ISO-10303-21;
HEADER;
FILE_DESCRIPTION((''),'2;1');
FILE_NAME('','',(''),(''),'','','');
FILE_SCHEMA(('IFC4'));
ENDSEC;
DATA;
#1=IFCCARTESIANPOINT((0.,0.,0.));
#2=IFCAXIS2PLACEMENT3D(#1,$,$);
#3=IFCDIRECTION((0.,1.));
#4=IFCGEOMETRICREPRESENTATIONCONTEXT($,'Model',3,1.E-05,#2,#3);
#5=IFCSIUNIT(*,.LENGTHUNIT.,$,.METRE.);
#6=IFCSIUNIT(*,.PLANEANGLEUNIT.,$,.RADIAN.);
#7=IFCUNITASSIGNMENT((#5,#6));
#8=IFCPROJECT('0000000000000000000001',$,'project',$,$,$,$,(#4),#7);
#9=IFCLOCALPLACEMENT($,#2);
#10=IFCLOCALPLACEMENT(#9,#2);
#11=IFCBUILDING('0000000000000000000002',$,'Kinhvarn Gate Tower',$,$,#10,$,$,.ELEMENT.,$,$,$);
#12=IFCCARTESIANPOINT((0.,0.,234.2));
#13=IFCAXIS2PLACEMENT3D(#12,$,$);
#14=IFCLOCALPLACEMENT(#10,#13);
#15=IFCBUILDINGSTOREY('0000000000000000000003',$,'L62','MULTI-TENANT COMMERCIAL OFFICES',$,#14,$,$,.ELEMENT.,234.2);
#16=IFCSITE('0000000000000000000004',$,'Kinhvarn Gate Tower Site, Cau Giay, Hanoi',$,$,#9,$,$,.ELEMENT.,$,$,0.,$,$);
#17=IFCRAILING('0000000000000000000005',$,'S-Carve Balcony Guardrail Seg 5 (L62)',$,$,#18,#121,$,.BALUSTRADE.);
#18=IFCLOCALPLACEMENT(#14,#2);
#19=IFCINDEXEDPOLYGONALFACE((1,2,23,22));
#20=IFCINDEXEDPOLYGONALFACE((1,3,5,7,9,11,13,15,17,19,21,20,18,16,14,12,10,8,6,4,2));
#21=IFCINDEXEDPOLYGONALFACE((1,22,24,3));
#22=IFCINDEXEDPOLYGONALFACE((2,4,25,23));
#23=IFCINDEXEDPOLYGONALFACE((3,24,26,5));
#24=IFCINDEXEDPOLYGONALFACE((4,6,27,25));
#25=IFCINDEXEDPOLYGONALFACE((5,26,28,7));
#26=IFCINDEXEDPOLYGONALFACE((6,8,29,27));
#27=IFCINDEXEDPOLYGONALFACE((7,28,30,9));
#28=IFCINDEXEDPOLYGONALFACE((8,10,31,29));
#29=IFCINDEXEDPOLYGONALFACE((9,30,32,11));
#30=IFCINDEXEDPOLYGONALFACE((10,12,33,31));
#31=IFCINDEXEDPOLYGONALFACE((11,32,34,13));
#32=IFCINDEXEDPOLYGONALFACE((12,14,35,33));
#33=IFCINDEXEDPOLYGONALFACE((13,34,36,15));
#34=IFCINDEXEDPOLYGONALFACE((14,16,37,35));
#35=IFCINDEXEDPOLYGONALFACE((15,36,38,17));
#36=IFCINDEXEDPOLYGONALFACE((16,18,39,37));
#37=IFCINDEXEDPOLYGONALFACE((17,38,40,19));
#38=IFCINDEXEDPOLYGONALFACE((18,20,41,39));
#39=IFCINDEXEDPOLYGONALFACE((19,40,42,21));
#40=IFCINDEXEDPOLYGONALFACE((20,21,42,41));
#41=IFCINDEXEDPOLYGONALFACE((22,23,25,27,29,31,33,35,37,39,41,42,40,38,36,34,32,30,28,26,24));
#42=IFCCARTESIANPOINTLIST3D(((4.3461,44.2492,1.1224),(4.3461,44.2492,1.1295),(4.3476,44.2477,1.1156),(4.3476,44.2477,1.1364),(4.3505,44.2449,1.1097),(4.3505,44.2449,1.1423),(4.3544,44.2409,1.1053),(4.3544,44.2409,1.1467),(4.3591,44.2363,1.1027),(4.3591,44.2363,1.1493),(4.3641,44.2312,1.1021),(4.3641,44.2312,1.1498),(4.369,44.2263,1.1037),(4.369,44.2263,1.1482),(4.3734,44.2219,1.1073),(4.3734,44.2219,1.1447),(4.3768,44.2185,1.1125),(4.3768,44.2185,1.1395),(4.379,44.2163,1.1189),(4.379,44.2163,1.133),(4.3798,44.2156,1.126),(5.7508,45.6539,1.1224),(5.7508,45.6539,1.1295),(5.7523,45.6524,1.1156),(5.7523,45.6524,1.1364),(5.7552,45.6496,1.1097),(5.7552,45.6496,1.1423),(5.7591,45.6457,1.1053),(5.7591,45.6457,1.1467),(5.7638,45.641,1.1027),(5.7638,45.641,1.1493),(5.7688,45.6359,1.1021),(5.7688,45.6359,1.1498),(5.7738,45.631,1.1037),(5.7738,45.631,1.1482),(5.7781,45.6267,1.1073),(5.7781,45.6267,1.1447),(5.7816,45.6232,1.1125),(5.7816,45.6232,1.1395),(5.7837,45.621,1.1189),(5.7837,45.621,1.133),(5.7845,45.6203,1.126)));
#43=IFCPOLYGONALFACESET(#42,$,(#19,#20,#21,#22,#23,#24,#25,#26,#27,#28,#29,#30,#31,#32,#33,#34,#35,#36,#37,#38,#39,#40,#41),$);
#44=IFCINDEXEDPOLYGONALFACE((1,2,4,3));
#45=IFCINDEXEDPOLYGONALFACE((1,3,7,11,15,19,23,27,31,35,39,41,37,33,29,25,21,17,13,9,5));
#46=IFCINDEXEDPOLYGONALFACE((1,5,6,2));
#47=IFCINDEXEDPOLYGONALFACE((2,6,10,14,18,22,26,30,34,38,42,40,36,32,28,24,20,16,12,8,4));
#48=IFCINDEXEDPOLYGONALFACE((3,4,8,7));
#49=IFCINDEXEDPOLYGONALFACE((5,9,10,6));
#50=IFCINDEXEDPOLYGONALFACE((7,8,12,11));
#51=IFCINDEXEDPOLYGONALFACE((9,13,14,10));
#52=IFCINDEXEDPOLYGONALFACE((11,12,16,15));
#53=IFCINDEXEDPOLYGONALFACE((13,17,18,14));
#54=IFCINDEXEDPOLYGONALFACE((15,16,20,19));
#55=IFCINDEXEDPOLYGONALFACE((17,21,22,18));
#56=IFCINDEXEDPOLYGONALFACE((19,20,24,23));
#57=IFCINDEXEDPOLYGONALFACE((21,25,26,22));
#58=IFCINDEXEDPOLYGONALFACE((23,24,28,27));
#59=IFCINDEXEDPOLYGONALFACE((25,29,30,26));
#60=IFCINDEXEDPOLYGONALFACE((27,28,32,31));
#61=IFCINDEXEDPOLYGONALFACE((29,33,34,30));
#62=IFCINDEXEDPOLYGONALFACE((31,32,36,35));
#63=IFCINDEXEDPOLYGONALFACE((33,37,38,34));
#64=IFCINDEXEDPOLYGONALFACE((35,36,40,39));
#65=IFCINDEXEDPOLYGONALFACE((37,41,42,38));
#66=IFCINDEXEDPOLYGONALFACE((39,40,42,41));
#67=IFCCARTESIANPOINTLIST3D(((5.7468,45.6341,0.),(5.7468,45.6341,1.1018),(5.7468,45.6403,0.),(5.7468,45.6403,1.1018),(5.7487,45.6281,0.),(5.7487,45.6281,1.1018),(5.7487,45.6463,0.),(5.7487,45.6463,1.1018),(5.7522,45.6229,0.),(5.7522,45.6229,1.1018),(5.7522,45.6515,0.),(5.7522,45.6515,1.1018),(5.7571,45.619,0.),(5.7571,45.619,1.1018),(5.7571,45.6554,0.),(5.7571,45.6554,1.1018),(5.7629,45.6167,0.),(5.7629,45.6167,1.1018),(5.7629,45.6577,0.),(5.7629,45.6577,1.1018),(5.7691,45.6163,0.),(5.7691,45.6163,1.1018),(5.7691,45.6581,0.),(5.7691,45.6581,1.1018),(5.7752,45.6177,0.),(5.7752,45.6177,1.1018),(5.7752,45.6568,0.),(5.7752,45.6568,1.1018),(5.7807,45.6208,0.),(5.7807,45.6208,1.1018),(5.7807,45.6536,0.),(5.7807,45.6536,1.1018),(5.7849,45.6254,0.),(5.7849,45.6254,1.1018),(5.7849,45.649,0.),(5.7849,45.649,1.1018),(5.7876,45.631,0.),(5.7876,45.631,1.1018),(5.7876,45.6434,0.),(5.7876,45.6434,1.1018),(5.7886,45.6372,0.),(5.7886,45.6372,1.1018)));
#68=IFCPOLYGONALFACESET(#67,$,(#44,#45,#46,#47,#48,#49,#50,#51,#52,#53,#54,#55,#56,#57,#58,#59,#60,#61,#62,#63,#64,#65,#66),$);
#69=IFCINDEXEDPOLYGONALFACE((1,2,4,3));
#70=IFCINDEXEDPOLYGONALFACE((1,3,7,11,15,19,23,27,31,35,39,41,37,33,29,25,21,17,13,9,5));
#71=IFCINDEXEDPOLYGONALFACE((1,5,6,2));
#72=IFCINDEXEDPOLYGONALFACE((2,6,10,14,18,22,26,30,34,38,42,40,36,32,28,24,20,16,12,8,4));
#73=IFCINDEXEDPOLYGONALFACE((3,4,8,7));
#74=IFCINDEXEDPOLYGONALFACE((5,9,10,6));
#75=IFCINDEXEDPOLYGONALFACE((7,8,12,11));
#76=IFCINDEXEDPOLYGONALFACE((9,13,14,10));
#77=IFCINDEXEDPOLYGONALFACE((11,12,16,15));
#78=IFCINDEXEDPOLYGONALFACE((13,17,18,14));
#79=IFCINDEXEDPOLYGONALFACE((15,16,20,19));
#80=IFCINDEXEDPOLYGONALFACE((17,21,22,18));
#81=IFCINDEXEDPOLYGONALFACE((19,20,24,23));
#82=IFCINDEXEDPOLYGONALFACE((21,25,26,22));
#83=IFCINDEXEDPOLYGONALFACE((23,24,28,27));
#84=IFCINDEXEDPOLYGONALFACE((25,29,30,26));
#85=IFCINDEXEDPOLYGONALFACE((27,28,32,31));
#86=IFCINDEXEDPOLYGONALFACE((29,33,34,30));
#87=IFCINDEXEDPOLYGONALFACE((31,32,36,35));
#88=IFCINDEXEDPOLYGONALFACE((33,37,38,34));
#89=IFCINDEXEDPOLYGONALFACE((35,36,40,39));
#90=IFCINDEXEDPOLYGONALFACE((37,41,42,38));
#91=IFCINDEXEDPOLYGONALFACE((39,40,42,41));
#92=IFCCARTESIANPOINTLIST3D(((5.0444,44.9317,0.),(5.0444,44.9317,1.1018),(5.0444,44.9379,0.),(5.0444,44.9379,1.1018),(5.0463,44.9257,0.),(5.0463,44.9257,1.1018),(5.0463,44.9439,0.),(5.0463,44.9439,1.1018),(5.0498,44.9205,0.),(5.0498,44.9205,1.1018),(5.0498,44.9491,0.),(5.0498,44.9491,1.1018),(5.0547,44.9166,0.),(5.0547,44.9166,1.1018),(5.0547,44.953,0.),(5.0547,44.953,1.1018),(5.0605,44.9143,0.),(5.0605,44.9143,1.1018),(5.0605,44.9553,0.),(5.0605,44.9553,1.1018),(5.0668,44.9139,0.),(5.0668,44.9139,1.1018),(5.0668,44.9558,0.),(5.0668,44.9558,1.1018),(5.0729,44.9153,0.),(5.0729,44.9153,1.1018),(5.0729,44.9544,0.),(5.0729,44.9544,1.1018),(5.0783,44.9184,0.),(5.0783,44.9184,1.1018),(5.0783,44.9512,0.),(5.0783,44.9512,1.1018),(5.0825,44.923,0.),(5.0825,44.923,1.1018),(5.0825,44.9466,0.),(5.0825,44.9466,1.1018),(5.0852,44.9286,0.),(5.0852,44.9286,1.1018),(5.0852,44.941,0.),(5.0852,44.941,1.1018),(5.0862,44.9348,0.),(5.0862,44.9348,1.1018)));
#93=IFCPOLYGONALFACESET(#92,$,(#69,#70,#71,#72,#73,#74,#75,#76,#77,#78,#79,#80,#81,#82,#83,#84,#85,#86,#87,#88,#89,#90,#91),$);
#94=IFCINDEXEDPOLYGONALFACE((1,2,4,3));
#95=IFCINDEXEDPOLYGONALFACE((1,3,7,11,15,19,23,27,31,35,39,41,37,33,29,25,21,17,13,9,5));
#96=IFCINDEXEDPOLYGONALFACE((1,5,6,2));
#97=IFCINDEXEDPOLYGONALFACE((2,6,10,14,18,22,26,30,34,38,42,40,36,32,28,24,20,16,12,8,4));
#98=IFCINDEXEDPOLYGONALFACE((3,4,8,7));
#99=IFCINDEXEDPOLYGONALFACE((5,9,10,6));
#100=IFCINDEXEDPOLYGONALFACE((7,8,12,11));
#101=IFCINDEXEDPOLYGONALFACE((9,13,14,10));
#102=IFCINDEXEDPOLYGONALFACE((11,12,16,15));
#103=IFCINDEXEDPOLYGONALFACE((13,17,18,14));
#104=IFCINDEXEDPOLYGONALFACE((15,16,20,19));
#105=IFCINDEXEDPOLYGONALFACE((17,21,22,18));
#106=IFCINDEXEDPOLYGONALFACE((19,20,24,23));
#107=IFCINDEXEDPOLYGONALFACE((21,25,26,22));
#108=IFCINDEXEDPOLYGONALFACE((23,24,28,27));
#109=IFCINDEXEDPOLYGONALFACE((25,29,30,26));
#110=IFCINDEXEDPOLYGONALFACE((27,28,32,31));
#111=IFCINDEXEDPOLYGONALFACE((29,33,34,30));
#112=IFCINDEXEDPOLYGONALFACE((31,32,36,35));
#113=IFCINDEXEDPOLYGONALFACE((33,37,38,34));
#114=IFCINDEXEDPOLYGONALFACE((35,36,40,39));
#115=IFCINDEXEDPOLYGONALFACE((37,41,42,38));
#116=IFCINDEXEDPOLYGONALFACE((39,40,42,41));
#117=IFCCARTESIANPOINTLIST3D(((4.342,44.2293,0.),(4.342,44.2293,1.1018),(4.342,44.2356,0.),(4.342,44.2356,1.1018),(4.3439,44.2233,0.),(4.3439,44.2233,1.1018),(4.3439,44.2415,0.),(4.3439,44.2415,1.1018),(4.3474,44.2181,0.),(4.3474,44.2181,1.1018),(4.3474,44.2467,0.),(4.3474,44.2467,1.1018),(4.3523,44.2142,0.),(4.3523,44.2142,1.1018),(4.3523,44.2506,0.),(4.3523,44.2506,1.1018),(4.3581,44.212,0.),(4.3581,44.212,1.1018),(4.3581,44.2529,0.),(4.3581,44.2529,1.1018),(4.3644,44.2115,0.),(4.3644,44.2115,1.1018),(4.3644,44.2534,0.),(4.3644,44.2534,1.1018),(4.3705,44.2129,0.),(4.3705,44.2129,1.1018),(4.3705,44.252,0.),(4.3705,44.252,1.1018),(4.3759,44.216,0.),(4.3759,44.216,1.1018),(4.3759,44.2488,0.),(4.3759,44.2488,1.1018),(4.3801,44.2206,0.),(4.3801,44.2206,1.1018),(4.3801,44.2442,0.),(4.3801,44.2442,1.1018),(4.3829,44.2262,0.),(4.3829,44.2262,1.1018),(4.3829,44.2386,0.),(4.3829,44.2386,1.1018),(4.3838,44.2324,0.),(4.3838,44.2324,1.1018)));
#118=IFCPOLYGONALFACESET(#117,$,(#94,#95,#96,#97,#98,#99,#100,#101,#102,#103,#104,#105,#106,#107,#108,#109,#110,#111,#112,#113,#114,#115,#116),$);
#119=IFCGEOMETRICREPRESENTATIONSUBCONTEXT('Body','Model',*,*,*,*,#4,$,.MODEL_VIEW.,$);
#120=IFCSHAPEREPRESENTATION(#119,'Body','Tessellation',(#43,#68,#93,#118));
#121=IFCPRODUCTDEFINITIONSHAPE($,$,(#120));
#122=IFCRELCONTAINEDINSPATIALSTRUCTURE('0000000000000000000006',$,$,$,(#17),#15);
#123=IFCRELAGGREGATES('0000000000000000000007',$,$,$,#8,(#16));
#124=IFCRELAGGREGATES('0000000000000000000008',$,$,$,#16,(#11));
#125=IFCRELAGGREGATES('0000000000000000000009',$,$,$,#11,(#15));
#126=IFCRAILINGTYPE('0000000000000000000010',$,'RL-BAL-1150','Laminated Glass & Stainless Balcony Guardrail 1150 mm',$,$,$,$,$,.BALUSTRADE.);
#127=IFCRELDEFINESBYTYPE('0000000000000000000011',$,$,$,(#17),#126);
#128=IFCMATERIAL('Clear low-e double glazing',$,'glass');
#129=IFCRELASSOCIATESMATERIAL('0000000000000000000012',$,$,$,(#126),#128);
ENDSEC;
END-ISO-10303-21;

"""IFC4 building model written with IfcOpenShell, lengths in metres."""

from ifc_helpers import new_model, si_unit, direction, frame, origin, origin_2d, place, context, subcontext, project, spatial, circle, extrude, material, type_object, element, save


model = new_model("IFC4")

# Units and contexts
model_context = context("Model", 3, precision=1e-05, world=origin(), true_north=direction((0.0, 1.0)))
body_context = subcontext(model_context, "Body", "Model", "MODEL_VIEW")
ifc_project = project(units=[si_unit("LENGTHUNIT", "METRE"), si_unit("PLANEANGLEUNIT", "RADIAN")], contexts=[model_context])

# Site, building, storey
site_placement = place(None, origin())
site = spatial("IfcSite", under=ifc_project, at=site_placement, Name="Kinhvarn Gate Tower Site, Cau Giay, Hanoi", CompositionType="ELEMENT", RefElevation=0.0)
building_placement = place(site_placement, origin())
building = spatial("IfcBuilding", under=site, at=building_placement, Name="Kinhvarn Gate Tower", CompositionType="ELEMENT")
storey_placement = place(building_placement, frame((0.0, 0.0, 234.2)))
storey = spatial("IfcBuildingStorey", under=building, at=storey_placement, Name="L62", Description="MULTI-TENANT COMMERCIAL OFFICES", CompositionType="ELEMENT", Elevation=234.2)

# Shared definitions
ifc_material_1 = material(Name="Clear low-e double glazing", Category="glass")

# Railing
railing_type = type_object("IfcRailingType", Name="RL-BAL-1150", Description="Laminated Glass & Stainless Balcony Guardrail 1150 mm", PredefinedType="BALUSTRADE", material=ifc_material_1)
railing_1_placement = place(storey_placement, frame((5.7676, 45.6372, 0.0)))
element("IfcRailing", 1, at=railing_1_placement, inside=storey, type_object=railing_type, Name="S-Carve Balcony Guardrail Seg 5 (L62)", PredefinedType="BALUSTRADE", context=body_context, shape_type="SweptSolid", body=[
    extrude(circle(Radius=0.0239, at=origin_2d()), frame((0.0, 0.0, 1.126), z_axis=(-0.707107, -0.707107, 0.0), x_axis=(0.707107, -0.707107, 0.0)), (0.0, 0.0, 1.0), 1.9866),
    extrude(circle(Radius=0.021, at=origin_2d()), origin(), (0.0, 0.0, 1.0), 1.1018),
    extrude(circle(Radius=0.021, at=origin_2d()), frame((-0.7024, -0.7024, 0.0)), (0.0, 0.0, 1.0), 1.1018),
    extrude(circle(Radius=0.021, at=origin_2d()), frame((-1.4048, -1.4048, 0.0)), (0.0, 0.0, 1.0), 1.1018),
])

save(model, "model.ifc")
